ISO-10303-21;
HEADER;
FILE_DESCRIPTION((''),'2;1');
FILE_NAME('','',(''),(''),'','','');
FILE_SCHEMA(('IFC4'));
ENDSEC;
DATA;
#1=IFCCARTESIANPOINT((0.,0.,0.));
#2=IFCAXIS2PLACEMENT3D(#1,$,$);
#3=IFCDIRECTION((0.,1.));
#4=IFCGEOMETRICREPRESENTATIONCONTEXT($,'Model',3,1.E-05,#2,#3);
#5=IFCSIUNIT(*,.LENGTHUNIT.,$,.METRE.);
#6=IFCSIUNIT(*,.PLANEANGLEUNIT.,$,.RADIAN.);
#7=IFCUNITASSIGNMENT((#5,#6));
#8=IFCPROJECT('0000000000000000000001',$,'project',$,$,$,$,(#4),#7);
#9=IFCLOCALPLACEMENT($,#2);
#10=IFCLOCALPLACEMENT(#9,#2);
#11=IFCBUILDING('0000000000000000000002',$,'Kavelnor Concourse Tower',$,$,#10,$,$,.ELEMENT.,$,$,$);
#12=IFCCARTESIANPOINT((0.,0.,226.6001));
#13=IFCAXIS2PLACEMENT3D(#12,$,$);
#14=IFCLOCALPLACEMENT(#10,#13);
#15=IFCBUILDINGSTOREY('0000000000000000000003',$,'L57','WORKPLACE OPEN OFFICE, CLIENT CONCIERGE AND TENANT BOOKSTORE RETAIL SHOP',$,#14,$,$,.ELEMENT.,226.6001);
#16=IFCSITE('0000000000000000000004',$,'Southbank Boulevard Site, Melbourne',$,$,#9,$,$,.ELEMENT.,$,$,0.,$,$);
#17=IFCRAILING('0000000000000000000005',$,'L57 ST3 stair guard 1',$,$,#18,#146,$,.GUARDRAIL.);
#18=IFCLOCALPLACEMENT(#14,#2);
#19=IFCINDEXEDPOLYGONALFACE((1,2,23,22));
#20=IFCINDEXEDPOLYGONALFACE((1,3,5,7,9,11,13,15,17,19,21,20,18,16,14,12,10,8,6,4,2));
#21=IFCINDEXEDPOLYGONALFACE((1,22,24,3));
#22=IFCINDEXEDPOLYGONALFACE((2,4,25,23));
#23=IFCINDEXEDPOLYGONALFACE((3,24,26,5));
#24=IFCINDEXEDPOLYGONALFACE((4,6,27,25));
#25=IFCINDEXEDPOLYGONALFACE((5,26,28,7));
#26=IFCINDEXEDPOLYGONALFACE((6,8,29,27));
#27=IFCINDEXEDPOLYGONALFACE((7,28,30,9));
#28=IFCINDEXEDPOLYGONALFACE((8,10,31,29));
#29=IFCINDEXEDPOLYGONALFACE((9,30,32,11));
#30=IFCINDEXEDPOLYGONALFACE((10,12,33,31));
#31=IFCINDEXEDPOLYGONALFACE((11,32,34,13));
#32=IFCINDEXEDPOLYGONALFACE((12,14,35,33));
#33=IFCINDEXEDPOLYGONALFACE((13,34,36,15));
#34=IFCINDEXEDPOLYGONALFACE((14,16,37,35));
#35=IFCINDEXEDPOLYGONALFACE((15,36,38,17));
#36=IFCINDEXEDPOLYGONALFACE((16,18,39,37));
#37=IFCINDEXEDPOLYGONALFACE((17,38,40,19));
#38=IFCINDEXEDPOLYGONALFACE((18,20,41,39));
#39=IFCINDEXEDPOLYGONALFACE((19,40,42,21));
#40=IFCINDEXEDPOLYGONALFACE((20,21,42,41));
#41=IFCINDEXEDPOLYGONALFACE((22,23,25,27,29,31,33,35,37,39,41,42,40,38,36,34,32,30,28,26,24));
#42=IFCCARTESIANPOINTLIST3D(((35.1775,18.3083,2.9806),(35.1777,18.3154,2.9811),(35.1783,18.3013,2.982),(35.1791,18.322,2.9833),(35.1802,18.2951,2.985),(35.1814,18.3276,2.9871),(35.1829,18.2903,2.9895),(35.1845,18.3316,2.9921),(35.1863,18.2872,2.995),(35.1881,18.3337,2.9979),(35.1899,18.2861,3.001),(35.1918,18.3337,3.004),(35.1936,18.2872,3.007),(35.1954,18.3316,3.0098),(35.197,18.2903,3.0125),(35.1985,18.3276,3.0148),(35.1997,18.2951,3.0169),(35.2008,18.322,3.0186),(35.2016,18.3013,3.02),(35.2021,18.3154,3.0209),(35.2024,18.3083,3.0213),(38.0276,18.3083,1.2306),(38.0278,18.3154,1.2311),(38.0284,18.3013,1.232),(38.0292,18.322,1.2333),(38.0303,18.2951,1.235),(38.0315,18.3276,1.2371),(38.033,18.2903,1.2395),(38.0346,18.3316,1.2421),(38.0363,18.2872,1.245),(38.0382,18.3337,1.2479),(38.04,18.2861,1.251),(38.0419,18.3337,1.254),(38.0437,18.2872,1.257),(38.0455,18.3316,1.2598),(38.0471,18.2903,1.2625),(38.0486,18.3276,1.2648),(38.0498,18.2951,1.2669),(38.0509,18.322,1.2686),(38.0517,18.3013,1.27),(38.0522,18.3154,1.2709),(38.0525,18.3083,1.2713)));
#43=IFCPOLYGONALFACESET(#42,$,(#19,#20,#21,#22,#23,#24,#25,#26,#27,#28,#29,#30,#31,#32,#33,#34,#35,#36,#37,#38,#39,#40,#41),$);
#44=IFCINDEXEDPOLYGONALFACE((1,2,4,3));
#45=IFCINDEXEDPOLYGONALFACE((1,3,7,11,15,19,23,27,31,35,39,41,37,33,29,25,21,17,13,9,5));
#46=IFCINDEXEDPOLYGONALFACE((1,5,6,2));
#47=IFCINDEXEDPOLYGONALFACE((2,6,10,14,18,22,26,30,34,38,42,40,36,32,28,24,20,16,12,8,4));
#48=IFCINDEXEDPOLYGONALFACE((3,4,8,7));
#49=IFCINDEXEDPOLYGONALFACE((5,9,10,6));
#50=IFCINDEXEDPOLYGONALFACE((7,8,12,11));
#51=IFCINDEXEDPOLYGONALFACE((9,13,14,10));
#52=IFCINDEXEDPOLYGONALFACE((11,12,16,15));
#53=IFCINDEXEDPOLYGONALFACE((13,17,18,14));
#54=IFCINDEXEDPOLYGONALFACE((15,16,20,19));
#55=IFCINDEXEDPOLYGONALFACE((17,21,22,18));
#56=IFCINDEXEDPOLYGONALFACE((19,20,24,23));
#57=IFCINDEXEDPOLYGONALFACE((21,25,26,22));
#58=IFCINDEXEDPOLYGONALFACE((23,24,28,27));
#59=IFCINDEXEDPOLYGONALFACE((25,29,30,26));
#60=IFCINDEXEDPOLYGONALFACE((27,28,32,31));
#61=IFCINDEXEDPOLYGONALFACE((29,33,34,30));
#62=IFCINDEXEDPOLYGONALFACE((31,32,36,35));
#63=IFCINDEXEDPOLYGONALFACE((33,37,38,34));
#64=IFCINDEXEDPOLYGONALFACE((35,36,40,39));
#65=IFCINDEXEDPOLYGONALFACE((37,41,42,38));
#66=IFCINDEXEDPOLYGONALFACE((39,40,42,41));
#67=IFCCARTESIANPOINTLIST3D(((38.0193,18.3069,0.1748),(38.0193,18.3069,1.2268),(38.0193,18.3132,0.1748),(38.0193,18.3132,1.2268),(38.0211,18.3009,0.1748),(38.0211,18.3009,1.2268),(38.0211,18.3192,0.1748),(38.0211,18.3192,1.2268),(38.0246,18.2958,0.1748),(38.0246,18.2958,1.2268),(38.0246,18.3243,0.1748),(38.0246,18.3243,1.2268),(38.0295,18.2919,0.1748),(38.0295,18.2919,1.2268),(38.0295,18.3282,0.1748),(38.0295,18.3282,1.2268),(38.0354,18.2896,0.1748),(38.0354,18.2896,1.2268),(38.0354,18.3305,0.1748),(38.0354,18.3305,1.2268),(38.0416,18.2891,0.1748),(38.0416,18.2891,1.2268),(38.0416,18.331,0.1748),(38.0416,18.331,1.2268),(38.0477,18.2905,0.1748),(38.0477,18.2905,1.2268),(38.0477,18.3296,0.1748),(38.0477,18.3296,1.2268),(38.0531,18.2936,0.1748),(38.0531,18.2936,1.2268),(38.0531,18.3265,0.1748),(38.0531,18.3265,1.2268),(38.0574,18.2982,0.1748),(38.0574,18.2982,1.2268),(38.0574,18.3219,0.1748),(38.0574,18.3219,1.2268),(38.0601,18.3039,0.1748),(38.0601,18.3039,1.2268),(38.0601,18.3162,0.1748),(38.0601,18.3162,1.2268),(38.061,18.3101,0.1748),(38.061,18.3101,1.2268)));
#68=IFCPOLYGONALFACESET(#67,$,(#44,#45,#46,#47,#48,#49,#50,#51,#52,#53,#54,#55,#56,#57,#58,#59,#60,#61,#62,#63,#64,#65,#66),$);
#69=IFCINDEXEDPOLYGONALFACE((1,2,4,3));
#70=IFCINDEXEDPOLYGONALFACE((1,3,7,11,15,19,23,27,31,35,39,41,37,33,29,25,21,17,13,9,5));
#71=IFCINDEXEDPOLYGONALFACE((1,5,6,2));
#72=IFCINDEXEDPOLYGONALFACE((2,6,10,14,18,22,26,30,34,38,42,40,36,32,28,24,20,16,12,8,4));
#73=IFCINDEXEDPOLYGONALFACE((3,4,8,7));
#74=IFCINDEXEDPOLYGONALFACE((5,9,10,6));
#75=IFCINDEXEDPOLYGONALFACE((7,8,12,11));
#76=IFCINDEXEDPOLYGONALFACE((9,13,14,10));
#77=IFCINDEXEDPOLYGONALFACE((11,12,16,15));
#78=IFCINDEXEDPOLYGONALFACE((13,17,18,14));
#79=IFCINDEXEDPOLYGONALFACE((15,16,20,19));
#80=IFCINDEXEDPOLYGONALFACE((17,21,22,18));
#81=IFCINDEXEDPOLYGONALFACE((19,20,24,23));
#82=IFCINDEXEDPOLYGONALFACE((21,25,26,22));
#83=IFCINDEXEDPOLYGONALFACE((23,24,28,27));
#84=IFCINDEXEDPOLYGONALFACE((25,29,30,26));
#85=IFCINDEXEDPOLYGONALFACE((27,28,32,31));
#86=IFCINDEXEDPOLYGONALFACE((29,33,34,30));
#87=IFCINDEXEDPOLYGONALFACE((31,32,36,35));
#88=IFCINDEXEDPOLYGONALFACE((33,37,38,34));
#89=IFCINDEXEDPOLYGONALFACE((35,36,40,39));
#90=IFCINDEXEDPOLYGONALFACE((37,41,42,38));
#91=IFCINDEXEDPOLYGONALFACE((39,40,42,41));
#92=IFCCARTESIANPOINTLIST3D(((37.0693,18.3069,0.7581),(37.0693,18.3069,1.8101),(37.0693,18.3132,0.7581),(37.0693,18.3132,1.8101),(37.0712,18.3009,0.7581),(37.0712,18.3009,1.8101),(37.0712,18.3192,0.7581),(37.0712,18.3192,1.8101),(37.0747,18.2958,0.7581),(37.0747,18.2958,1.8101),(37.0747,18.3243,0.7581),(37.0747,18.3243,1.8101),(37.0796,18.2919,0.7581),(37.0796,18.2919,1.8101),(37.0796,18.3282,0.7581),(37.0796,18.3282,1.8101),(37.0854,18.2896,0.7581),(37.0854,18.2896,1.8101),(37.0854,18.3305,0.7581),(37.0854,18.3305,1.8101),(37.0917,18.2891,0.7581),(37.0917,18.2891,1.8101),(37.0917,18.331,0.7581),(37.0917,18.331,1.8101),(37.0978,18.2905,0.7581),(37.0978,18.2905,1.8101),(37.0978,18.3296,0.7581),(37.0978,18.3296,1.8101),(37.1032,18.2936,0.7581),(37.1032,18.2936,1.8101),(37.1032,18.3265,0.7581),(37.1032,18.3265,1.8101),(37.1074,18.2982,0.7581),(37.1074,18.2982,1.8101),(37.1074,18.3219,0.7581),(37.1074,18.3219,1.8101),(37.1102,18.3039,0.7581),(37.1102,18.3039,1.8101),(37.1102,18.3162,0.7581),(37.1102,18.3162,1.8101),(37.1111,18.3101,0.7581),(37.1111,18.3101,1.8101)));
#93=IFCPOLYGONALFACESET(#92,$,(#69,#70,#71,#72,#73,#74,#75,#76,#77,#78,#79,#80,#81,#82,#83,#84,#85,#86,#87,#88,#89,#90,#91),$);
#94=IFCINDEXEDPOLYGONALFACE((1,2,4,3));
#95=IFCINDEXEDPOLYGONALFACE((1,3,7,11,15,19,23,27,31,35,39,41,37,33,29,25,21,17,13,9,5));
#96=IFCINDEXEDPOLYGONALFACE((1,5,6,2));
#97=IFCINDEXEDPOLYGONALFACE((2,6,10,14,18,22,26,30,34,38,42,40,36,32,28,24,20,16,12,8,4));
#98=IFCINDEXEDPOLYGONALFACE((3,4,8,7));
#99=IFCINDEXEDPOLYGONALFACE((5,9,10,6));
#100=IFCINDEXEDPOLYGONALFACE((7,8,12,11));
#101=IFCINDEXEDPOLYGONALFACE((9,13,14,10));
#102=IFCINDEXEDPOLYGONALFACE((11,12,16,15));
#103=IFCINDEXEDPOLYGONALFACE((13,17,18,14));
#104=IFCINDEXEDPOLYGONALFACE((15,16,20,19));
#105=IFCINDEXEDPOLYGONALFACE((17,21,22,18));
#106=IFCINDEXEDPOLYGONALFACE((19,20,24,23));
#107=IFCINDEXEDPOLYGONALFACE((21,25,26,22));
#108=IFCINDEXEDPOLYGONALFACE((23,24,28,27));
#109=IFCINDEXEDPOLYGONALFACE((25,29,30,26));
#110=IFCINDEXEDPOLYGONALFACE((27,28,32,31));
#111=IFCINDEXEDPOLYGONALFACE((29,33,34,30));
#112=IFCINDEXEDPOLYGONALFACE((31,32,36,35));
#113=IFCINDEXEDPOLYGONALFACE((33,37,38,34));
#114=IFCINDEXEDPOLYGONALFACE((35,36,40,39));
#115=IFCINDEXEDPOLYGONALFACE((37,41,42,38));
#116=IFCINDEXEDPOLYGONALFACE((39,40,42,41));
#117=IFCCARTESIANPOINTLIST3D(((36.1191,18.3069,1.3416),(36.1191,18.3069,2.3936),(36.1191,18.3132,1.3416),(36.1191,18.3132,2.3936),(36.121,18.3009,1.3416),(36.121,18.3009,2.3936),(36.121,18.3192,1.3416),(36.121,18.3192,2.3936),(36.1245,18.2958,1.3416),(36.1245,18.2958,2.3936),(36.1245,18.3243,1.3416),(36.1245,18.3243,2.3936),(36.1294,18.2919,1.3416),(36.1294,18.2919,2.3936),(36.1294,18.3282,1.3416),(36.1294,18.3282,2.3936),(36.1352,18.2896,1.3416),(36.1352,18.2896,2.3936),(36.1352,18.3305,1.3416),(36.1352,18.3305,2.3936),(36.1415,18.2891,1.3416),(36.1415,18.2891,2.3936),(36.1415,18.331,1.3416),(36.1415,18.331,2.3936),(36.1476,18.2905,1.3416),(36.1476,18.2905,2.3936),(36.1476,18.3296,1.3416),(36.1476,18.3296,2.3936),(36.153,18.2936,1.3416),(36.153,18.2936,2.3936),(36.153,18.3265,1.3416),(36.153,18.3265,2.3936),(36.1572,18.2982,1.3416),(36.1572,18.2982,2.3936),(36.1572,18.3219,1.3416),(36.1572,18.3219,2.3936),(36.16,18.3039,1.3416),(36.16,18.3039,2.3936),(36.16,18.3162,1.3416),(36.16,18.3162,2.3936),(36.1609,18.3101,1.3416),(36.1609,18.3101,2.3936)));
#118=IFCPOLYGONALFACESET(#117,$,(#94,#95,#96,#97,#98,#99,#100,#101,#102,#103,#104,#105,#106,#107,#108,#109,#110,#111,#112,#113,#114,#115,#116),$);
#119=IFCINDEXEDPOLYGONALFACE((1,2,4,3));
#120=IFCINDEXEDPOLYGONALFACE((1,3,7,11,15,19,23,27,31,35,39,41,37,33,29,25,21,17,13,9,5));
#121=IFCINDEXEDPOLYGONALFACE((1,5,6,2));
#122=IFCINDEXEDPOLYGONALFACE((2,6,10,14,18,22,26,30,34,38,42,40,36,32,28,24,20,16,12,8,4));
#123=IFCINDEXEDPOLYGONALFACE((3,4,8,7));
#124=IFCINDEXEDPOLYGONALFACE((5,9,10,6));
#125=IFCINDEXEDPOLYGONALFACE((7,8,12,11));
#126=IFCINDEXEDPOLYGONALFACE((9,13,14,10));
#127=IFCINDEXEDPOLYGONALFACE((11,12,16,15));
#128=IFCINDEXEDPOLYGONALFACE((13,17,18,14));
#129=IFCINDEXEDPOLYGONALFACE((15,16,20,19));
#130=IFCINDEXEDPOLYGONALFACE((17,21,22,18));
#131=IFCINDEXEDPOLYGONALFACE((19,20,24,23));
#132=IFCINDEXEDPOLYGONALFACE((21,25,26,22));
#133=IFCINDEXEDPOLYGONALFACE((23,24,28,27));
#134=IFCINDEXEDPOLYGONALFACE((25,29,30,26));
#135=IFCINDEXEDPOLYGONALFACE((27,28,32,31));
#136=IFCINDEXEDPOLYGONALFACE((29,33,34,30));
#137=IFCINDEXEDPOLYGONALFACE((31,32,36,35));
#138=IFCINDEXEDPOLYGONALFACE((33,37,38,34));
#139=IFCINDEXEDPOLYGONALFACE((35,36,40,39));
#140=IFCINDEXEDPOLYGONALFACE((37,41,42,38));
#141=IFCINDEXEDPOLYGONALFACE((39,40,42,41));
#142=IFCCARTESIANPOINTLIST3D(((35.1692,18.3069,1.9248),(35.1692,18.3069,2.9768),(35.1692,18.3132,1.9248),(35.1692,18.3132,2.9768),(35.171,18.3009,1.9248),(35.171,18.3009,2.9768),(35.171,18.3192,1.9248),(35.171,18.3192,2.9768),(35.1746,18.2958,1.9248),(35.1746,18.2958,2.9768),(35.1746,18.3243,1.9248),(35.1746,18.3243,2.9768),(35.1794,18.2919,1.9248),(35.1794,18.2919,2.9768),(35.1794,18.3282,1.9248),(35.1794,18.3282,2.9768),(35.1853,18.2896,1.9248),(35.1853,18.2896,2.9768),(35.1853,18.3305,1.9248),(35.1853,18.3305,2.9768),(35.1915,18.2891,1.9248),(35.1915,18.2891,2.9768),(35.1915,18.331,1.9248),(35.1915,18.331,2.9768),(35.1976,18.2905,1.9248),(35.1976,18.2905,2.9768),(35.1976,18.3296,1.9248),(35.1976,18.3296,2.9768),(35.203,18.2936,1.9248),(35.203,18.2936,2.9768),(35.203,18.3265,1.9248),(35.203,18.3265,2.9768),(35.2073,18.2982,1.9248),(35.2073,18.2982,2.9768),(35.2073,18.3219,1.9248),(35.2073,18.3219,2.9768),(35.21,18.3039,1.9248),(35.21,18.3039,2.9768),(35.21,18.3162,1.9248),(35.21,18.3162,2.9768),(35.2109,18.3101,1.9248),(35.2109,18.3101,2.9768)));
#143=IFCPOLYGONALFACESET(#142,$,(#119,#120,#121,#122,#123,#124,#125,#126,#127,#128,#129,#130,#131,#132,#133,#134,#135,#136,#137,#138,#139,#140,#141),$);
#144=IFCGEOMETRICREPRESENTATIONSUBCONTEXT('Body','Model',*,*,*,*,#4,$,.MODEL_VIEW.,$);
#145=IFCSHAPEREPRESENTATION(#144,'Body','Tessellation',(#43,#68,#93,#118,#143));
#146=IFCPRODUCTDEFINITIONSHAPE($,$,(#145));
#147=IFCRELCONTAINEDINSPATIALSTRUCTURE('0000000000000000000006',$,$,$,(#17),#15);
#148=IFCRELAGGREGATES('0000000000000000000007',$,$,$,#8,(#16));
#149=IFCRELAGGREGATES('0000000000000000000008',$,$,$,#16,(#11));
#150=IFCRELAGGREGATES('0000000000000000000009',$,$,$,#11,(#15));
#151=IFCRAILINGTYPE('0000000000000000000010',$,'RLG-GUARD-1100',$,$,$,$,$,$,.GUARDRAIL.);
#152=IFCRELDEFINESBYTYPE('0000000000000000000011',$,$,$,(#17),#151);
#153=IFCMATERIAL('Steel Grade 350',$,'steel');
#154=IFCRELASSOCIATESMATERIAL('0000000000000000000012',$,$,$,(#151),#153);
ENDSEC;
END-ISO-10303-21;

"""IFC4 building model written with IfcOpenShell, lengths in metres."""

from ifc_helpers import new_model, si_unit, direction, frame, origin, origin_2d, place, context, subcontext, project, spatial, circle, extrude, material, type_object, element, save


model = new_model("IFC4")

# Units and contexts
model_context = context("Model", 3, precision=1e-05, world=origin(), true_north=direction((0.0, 1.0)))
body_context = subcontext(model_context, "Body", "Model", "MODEL_VIEW")
ifc_project = project(units=[si_unit("LENGTHUNIT", "METRE"), si_unit("PLANEANGLEUNIT", "RADIAN")], contexts=[model_context])

# Site, building, storey
site_placement = place(None, origin())
site = spatial("IfcSite", under=ifc_project, at=site_placement, Name="Southbank Boulevard Site, Melbourne", CompositionType="ELEMENT", RefElevation=0.0)
building_placement = place(site_placement, origin())
building = spatial("IfcBuilding", under=site, at=building_placement, Name="Kavelnor Concourse Tower", CompositionType="ELEMENT")
storey_placement = place(building_placement, frame((0.0, 0.0, 226.6001)))
storey = spatial("IfcBuildingStorey", under=building, at=storey_placement, Name="L57", Description="WORKPLACE OPEN OFFICE, CLIENT CONCIERGE AND TENANT BOOKSTORE RETAIL SHOP", CompositionType="ELEMENT", Elevation=226.6001)

# Shared definitions
ifc_material_1 = material(Name="Steel Grade 350", Category="steel")

# Railing
railing_type_1 = type_object("IfcRailingType", Name="RLG-GUARD-1100", PredefinedType="GUARDRAIL", material=ifc_material_1)
railing_1_placement = place(storey_placement, frame((38.04, 18.3101, 0.1748)))
element("IfcRailing", 1, at=railing_1_placement, inside=storey, type_object=railing_type_1, Name="L57 ST3 stair guard 1", PredefinedType="GUARDRAIL", context=body_context, shape_type="SweptSolid", body=[
    extrude(circle(Radius=0.0239, at=origin_2d()), frame((0.0, 0.0, 1.0762), z_axis=(-0.852179, 0.0, 0.52325), x_axis=(0.0, -1.0, 0.0)), (0.0, 0.0, 1.0), 3.3445),
    extrude(circle(Radius=0.021, at=origin_2d()), origin(), (0.0, 0.0, 1.0), 1.052),
    extrude(circle(Radius=0.021, at=origin_2d()), frame((-0.95, 0.0, 0.5833)), (0.0, 0.0, 1.0), 1.052),
    extrude(circle(Radius=0.021, at=origin_2d()), frame((-1.9001, 0.0, 1.1667)), (0.0, 0.0, 1.0), 1.052),
    extrude(circle(Radius=0.021, at=origin_2d()), frame((-2.8501, 0.0, 1.75)), (0.0, 0.0, 1.0), 1.052),
])

save(model, "model.ifc")
